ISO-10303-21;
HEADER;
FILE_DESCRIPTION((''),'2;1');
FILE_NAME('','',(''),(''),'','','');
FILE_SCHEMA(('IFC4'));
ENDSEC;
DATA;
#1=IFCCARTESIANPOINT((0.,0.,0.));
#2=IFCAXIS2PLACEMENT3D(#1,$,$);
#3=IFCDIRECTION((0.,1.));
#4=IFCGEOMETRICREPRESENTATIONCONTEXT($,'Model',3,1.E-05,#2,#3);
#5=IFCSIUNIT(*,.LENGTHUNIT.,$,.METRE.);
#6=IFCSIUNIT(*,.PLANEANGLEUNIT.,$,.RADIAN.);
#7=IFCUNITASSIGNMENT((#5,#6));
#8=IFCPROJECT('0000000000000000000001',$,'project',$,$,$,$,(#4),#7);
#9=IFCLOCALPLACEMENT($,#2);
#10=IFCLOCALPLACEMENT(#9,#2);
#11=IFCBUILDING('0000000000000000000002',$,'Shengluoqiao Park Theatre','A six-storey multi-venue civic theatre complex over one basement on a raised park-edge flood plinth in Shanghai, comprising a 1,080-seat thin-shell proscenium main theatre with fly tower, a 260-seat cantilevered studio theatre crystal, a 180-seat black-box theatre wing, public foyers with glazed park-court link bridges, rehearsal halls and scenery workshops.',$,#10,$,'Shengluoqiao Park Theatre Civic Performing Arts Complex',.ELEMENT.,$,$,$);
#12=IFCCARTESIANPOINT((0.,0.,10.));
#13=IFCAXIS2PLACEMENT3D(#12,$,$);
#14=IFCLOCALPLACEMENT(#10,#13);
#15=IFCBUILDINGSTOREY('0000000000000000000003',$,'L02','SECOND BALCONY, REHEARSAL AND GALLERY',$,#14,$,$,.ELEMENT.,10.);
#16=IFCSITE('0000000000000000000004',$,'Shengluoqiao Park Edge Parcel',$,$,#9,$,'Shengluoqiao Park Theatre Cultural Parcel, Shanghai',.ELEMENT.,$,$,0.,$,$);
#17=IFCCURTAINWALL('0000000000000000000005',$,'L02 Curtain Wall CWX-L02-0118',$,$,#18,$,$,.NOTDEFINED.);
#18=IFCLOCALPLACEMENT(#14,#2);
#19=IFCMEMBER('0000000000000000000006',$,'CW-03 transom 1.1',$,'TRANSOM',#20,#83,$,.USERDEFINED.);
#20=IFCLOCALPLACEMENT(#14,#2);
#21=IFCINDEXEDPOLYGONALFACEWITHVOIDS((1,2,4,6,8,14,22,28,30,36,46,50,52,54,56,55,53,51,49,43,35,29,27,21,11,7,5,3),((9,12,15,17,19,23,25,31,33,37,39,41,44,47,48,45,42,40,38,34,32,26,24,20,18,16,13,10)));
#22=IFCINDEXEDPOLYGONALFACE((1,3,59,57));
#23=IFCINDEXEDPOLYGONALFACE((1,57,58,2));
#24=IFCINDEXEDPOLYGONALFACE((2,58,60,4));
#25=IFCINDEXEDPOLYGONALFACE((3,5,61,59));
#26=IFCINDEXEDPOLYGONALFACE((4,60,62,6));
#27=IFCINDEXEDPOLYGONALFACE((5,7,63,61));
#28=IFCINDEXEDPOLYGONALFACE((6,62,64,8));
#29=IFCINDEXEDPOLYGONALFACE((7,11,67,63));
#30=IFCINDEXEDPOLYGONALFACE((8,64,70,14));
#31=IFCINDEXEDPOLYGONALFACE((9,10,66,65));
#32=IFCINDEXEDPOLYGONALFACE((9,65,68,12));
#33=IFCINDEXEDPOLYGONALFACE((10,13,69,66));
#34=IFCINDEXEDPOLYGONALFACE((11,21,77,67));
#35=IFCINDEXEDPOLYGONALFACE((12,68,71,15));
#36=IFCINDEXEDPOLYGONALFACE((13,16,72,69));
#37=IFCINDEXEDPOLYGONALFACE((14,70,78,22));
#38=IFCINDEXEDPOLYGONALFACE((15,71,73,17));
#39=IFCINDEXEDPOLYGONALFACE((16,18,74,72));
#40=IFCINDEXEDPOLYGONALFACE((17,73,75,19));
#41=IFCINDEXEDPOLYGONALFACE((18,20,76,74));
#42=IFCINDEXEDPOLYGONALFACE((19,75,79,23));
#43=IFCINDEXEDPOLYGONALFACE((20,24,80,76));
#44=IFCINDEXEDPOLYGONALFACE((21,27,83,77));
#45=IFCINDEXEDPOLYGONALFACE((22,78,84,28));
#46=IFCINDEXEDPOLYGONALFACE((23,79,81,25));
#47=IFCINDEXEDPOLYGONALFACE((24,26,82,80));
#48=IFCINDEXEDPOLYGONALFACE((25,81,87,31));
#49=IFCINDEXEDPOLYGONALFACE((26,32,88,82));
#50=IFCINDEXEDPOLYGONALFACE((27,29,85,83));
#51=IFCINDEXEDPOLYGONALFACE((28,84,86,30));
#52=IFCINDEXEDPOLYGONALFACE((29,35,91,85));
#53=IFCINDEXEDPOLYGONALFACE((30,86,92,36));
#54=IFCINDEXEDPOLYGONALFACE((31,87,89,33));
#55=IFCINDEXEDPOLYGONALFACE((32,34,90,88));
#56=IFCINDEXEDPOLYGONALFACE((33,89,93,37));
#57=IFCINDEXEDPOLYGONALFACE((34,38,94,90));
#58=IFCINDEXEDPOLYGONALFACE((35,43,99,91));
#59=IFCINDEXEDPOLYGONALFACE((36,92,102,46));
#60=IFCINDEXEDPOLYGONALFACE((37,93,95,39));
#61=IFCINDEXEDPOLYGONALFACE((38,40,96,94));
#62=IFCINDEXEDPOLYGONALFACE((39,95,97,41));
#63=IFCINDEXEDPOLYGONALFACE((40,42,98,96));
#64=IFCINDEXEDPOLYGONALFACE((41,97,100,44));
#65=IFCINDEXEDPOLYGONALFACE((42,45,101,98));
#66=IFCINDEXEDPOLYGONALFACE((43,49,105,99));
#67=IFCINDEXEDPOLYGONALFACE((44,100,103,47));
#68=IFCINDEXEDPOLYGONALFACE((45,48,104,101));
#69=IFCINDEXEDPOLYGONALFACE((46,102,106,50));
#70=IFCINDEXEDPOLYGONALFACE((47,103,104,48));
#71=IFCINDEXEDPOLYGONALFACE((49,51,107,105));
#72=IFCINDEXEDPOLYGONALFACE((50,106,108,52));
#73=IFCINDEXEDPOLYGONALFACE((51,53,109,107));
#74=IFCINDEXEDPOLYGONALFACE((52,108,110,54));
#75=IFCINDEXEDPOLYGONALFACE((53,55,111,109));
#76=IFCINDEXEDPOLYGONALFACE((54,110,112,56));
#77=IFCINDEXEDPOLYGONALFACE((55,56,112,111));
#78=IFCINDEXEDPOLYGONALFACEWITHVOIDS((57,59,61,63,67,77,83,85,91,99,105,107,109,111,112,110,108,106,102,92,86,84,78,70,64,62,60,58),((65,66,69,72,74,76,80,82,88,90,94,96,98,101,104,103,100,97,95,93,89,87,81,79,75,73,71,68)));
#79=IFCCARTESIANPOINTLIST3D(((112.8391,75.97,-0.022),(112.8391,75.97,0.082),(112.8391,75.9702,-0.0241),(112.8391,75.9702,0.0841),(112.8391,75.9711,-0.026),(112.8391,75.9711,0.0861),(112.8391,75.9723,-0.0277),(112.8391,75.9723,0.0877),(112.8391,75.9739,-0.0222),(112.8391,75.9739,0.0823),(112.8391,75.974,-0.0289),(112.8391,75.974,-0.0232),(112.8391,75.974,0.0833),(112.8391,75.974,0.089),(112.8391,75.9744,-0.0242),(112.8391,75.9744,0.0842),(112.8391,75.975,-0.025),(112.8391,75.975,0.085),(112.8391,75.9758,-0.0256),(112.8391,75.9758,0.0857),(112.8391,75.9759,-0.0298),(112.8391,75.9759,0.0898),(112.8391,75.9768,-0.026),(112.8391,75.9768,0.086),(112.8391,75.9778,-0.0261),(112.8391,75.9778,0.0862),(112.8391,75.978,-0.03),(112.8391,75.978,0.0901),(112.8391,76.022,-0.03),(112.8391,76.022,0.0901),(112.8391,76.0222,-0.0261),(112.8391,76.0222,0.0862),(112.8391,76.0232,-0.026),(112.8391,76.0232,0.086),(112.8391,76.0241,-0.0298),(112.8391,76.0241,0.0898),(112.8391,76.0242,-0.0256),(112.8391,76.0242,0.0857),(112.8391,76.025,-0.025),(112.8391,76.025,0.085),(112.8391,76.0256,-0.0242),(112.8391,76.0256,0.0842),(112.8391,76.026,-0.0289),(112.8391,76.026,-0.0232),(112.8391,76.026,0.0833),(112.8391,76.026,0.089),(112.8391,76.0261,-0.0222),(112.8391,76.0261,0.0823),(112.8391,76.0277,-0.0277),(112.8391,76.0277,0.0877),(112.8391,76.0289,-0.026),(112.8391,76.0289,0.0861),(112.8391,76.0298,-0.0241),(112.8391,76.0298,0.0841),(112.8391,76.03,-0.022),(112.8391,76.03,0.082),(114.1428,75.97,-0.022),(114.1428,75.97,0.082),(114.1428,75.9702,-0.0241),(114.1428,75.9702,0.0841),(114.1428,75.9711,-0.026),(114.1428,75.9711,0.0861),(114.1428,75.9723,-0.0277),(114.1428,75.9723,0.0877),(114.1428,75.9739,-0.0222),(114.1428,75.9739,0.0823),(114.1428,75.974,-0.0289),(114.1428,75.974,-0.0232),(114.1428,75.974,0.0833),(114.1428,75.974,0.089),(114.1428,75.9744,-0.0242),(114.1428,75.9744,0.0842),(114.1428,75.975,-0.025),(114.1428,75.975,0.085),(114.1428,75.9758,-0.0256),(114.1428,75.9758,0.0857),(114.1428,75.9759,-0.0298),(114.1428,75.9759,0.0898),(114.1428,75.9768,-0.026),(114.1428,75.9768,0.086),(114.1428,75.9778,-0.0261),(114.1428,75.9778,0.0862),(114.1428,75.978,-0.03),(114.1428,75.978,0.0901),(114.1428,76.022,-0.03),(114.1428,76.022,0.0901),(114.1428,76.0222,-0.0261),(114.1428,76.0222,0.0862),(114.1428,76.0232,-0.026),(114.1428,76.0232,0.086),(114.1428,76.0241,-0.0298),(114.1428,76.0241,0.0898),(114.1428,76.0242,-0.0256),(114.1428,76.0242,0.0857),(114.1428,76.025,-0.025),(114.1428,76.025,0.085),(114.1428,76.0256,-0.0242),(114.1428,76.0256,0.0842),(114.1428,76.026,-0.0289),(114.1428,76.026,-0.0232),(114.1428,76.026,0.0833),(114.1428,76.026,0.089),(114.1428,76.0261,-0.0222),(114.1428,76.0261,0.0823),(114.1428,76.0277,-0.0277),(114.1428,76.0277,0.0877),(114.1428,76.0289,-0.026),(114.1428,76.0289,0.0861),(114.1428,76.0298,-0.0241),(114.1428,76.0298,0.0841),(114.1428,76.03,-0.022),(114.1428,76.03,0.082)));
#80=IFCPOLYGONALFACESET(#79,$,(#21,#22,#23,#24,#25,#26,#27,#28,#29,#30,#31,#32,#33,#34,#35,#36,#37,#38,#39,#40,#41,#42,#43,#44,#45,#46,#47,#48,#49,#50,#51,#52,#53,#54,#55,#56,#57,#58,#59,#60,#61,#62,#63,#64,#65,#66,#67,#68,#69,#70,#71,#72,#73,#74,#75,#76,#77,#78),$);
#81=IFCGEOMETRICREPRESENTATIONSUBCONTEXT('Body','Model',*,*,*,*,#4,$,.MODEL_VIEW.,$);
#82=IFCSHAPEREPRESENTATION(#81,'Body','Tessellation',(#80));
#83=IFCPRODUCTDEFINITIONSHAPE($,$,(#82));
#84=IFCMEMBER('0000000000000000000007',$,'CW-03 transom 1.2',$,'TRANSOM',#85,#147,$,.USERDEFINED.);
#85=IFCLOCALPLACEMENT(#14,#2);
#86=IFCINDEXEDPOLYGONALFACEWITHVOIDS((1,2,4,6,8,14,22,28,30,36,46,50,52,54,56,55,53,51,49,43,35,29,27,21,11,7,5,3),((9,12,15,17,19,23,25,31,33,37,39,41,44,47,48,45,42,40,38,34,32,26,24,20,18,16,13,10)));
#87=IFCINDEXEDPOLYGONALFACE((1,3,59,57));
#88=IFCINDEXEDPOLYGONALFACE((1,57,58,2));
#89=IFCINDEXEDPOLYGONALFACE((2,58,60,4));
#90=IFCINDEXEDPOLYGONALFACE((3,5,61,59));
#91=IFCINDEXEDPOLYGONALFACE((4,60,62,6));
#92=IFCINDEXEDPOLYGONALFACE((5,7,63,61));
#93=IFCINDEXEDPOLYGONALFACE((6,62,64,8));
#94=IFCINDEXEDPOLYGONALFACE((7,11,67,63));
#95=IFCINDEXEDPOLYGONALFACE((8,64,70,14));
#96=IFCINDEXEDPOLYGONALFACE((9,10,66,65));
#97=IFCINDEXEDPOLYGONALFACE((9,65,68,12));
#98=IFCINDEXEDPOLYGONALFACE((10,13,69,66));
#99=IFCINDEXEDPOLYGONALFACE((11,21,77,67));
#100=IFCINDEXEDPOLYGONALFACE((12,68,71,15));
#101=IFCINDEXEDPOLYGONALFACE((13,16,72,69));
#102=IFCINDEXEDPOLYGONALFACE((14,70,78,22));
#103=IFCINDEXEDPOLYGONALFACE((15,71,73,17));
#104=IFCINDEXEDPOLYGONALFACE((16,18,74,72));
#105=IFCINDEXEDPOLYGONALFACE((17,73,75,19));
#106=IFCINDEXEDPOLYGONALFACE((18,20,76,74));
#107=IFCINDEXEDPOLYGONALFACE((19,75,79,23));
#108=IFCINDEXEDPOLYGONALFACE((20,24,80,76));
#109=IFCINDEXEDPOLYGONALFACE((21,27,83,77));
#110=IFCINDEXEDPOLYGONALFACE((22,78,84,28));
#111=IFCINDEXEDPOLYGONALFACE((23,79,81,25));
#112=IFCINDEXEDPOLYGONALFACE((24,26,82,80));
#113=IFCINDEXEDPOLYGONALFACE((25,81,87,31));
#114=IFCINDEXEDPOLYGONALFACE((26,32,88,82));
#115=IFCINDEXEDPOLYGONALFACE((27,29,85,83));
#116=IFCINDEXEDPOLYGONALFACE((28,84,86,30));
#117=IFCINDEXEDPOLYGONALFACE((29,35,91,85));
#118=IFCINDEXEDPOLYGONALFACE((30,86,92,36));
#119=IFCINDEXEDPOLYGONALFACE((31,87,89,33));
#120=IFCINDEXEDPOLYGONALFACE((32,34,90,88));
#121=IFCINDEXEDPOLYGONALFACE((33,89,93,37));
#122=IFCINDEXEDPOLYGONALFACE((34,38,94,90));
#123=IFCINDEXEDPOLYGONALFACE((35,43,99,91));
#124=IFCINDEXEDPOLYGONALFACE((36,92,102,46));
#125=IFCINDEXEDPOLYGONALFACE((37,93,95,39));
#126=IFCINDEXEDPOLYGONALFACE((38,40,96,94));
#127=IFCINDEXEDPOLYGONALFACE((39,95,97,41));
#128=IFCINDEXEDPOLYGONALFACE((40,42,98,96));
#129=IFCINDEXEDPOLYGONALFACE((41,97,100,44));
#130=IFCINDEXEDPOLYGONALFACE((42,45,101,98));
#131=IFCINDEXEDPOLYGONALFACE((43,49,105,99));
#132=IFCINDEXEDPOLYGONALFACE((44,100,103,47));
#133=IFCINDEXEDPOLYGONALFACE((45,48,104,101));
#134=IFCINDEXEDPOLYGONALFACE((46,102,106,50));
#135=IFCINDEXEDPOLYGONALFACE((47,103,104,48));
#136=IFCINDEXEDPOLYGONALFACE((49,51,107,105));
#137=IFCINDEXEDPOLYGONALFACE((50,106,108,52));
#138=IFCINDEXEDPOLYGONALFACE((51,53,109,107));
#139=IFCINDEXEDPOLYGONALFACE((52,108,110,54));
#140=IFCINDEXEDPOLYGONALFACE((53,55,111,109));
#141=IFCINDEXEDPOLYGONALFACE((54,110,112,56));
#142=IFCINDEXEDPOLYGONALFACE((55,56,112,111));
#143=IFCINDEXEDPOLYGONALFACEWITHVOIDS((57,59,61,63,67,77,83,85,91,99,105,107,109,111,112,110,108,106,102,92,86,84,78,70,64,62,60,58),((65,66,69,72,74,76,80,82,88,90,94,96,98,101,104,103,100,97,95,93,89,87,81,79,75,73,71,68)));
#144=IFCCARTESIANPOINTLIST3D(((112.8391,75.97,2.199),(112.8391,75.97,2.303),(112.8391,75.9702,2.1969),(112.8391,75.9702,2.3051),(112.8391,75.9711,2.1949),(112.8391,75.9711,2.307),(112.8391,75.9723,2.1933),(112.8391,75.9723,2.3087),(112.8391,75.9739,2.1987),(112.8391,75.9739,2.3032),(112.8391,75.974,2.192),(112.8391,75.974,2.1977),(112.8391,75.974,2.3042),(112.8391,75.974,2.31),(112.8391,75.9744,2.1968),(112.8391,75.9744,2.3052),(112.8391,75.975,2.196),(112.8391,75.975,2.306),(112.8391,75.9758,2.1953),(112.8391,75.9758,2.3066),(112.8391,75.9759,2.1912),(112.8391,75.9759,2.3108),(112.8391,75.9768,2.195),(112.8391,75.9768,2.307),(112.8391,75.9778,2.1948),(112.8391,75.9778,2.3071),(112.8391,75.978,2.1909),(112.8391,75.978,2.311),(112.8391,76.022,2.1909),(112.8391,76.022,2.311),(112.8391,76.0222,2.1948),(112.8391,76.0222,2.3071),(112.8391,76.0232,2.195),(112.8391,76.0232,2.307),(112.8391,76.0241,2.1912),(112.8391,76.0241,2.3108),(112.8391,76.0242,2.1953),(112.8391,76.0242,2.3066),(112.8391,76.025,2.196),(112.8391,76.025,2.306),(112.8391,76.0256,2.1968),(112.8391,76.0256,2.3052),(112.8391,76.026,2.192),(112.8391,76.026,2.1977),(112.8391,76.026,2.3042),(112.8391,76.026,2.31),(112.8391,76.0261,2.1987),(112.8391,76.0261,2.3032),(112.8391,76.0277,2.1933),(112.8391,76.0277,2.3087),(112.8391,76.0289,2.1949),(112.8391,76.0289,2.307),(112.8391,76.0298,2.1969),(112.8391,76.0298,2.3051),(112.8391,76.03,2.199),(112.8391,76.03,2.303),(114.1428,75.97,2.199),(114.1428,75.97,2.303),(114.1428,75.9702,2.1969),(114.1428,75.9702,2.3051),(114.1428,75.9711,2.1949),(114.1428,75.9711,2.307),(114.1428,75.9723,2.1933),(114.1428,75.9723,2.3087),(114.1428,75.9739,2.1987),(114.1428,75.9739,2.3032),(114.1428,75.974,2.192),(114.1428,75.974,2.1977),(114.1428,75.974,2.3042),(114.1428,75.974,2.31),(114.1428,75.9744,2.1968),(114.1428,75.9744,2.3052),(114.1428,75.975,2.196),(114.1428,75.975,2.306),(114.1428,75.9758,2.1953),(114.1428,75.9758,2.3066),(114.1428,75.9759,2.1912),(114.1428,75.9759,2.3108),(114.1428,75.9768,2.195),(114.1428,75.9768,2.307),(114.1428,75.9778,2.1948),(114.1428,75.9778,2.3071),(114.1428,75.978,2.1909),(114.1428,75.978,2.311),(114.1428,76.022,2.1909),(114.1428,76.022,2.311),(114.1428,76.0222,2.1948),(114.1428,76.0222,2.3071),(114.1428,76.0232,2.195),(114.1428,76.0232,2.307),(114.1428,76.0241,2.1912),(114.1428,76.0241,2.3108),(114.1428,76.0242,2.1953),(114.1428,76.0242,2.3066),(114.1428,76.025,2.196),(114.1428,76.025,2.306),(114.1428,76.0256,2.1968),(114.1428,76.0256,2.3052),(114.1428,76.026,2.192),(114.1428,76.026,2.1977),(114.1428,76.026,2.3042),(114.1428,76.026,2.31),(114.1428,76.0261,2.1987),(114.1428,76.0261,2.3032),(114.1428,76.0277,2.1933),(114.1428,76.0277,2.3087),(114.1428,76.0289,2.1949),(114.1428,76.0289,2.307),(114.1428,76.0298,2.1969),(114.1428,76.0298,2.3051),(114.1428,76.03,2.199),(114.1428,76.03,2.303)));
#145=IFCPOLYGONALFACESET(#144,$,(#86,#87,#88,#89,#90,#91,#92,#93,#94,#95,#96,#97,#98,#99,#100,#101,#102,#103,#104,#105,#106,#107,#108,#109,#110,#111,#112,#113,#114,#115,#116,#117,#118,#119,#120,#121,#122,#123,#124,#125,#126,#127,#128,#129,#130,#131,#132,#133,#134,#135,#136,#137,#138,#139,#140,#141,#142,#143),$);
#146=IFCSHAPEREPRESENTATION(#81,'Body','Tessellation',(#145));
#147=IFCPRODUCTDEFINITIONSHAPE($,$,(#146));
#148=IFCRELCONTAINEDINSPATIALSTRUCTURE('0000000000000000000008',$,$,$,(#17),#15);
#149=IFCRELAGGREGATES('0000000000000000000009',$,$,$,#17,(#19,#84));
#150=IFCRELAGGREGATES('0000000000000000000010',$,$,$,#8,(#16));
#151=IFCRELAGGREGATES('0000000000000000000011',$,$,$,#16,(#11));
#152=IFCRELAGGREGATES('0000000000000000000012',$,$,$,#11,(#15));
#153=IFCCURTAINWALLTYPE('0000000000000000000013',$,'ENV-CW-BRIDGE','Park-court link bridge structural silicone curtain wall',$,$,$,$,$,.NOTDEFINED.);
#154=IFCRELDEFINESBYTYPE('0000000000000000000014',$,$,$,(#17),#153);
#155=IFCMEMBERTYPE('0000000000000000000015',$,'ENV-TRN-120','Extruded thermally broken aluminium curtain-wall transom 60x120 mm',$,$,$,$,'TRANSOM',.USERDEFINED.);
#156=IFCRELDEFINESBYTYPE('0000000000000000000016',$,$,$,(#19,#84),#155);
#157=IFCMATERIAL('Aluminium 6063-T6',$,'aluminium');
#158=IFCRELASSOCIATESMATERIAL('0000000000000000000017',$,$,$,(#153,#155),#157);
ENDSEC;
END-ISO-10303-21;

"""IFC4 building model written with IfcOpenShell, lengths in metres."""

from ifc_helpers import new_model, si_unit, direction, frame, origin, origin_2d, place, context, subcontext, project, spatial, hollow_rectangle, extrude, material, material_profile, profile_set, type_object, element, aggregate, save


model = new_model("IFC4")

# Units and contexts
model_context = context("Model", 3, precision=1e-05, world=origin(), true_north=direction((0.0, 1.0)))
body_context = subcontext(model_context, "Body", "Model", "MODEL_VIEW")
ifc_project = project(units=[si_unit("LENGTHUNIT", "METRE"), si_unit("PLANEANGLEUNIT", "RADIAN")], contexts=[model_context])

# Site, building, storey
site_placement = place(None, origin())
site = spatial("IfcSite", under=ifc_project, at=site_placement, Name="Shengluoqiao Park Edge Parcel", LongName="Shengluoqiao Park Theatre Cultural Parcel, Shanghai", CompositionType="ELEMENT", RefElevation=0.0)
building_placement = place(site_placement, origin())
building = spatial("IfcBuilding", under=site, at=building_placement, Name="Shengluoqiao Park Theatre", Description="A six-storey multi-venue civic theatre complex over one basement on a raised park-edge flood plinth in Shanghai, comprising a 1,080-seat thin-shell proscenium main theatre with fly tower, a 260-seat cantilevered studio theatre crystal, a 180-seat black-box theatre wing, public foyers with glazed park-court link bridges, rehearsal halls and scenery workshops.", LongName="Shengluoqiao Park Theatre Civic Performing Arts Complex", CompositionType="ELEMENT")
storey_placement = place(building_placement, frame((0.0, 0.0, 10.0)))
storey = spatial("IfcBuildingStorey", under=building, at=storey_placement, Name="L02", Description="SECOND BALCONY, REHEARSAL AND GALLERY", CompositionType="ELEMENT", Elevation=10.0)

# Curtain wall
ifc_material_1 = material(Name="Aluminium 6063-T6", Category="aluminium")
curtain_wall_type = type_object("IfcCurtainWallType", Name="ENV-CW-BRIDGE", Description="Park-court link bridge structural silicone curtain wall", PredefinedType="NOTDEFINED", material=ifc_material_1)
curtain_wall_1_placement = place(storey_placement, origin())
curtain_wall_1 = element("IfcCurtainWall", 1, at=curtain_wall_1_placement, inside=storey, type_object=curtain_wall_type, Name="L02 Curtain Wall CWX-L02-0118", PredefinedType="NOTDEFINED")

# Members
ifc_material_profile_1 = material_profile(ifc_material_1, hollow_rectangle(XDim=0.0601, YDim=0.1201, WallThickness=0.0039, InnerFilletRadius=0.0039, OuterFilletRadius=0.0081, at=origin_2d()), Name="ALU TRANSOM 120x60x4")
ifc_profile_set_1 = profile_set([ifc_material_profile_1], Name="Aluminium 6063-T6")
member_type_1 = type_object("IfcMemberType", Name="ENV-TRN-120", Description="Extruded thermally broken aluminium curtain-wall transom 60x120 mm", ElementType="TRANSOM", PredefinedType="USERDEFINED", material=ifc_profile_set_1)
member_1_placement = place(storey_placement, frame((112.8391, 76.0, 0.03), z_axis=(1.0, 0.0, 0.0), x_axis=(0.0, 1.0, 0.0)))
member_1 = element("IfcMember", 2, at=member_1_placement, type_object=member_type_1, Name="CW-03 transom 1.1", ObjectType="TRANSOM", PredefinedType="USERDEFINED", context=body_context, shape_type="SweptSolid", body=[
    extrude(hollow_rectangle(XDim=0.0601, YDim=0.1201, WallThickness=0.0039, InnerFilletRadius=0.0039, OuterFilletRadius=0.0081, at=origin_2d()), origin(), (0.0, 0.0, 1.0), 1.3037),
])
member_2_placement = place(storey_placement, frame((112.8391, 76.0, 2.251), z_axis=(1.0, 0.0, 0.0), x_axis=(0.0, 1.0, 0.0)))
member_2 = element("IfcMember", 3, at=member_2_placement, type_object=member_type_1, Name="CW-03 transom 1.2", ObjectType="TRANSOM", PredefinedType="USERDEFINED", context=body_context, shape_type="SweptSolid", body=[
    extrude(hollow_rectangle(XDim=0.0601, YDim=0.1201, WallThickness=0.0039, InnerFilletRadius=0.0039, OuterFilletRadius=0.0081, at=origin_2d()), origin(), (0.0, 0.0, 1.0), 1.3037),
])

aggregate(curtain_wall_1, [member_1, member_2])

save(model, "model.ifc")
